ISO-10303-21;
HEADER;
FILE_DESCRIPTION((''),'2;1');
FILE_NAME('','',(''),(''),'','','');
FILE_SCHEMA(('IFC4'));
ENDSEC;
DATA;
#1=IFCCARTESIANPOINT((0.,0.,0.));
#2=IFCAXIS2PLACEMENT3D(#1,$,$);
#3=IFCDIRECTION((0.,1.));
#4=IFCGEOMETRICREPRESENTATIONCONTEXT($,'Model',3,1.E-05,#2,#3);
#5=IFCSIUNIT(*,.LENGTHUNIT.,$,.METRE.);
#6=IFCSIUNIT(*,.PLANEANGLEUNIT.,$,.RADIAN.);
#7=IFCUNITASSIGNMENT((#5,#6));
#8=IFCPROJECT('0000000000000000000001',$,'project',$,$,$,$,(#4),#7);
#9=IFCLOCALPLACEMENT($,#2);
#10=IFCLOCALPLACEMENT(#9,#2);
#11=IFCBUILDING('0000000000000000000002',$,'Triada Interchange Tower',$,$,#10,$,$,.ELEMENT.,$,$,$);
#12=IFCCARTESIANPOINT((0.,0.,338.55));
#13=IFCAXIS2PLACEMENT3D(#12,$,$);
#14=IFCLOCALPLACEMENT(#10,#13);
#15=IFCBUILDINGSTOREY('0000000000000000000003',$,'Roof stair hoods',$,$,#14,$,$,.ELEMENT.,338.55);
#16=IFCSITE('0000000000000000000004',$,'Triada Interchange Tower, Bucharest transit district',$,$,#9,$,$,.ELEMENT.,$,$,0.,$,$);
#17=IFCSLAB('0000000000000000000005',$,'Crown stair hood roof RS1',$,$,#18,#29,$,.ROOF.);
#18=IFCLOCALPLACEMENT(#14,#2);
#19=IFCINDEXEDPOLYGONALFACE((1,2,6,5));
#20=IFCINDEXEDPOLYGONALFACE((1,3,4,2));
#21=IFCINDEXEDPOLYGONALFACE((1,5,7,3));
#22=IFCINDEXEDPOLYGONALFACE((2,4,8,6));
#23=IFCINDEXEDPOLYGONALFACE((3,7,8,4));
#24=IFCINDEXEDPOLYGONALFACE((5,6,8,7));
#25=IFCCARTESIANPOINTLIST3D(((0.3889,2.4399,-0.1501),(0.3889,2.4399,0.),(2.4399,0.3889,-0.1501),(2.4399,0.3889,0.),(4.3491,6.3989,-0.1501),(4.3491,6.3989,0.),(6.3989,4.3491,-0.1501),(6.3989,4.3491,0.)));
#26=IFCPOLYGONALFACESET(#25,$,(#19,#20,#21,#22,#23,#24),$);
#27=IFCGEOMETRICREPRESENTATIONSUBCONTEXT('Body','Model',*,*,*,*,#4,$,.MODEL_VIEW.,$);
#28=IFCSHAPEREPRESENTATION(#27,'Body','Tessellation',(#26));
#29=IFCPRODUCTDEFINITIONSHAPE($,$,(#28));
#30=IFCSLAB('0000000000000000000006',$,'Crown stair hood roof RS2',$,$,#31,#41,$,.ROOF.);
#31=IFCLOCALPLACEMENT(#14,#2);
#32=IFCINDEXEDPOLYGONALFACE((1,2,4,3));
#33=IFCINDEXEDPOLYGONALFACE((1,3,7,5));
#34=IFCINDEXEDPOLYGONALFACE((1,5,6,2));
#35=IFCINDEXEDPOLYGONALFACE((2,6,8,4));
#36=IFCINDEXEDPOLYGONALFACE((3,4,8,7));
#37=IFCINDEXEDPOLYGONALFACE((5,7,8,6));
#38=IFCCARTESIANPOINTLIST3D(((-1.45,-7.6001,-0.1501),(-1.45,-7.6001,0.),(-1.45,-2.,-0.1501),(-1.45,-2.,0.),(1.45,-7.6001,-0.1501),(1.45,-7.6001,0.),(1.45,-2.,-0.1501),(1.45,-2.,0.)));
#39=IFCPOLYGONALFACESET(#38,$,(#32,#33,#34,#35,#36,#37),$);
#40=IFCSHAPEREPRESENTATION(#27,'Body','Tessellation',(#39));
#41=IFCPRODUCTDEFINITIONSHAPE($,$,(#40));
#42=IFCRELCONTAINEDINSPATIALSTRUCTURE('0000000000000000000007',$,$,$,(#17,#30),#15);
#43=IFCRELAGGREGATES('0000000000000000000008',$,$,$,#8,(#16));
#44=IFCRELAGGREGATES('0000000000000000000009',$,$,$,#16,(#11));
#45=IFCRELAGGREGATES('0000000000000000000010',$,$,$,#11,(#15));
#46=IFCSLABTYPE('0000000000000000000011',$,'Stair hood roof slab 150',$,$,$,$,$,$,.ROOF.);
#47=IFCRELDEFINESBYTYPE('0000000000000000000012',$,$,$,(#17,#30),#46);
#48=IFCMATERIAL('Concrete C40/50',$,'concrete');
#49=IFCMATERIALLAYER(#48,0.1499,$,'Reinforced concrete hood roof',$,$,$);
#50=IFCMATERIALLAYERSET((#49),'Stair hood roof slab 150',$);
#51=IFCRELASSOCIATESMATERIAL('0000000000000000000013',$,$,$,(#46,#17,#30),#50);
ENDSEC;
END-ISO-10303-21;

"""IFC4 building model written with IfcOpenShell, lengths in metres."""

from ifc_helpers import new_model, si_unit, direction, frame, origin, place, context, subcontext, project, spatial, polyline, outline, extrude, material, layer, layer_set, layer_usage, type_object, element, save


model = new_model("IFC4")

# Units and contexts
model_context = context("Model", 3, precision=1e-05, world=origin(), true_north=direction((0.0, 1.0)))
body_context = subcontext(model_context, "Body", "Model", "MODEL_VIEW")
ifc_project = project(units=[si_unit("LENGTHUNIT", "METRE"), si_unit("PLANEANGLEUNIT", "RADIAN")], contexts=[model_context])

# Site, building, storey
site_placement = place(None, origin())
site = spatial("IfcSite", under=ifc_project, at=site_placement, Name="Triada Interchange Tower, Bucharest transit district", CompositionType="ELEMENT", RefElevation=0.0)
building_placement = place(site_placement, origin())
building = spatial("IfcBuilding", under=site, at=building_placement, Name="Triada Interchange Tower", CompositionType="ELEMENT")
storey_placement = place(building_placement, frame((0.0, 0.0, 338.55)))
storey = spatial("IfcBuildingStorey", under=building, at=storey_placement, Name="Roof stair hoods", CompositionType="ELEMENT", Elevation=338.55)

# Slabs
ifc_material = material(Name="Concrete C40/50", Category="concrete")
ifc_layer = layer(ifc_material, 0.1499, Name="Reinforced concrete hood roof")
ifc_layer_set = layer_set([ifc_layer], Name="Stair hood roof slab 150")
ifc_layer_usage = layer_usage(ifc_layer_set, "AXIS3", "POSITIVE", 0.0)
slab_type = type_object("IfcSlabType", Name="Stair hood roof slab 150", PredefinedType="ROOF", material=ifc_layer_set)
slab_1_placement = place(storey_placement, frame((0.0, 0.0, -0.1501)))
element("IfcSlab", 1, at=slab_1_placement, inside=storey, type_object=slab_type, material=ifc_layer_usage, Name="Crown stair hood roof RS1", PredefinedType="ROOF", context=body_context, shape_type="SweptSolid", body=[
    extrude(outline(polyline([(2.4399, 0.3889), (6.3989, 4.3491), (4.3491, 6.3989), (0.3889, 2.4399), (2.4399, 0.3889)])), origin(), (0.0, 0.0, 1.0), 0.1501),
])
slab_2_placement = place(storey_placement, frame((0.0, 0.0, -0.1501)))
element("IfcSlab", 2, at=slab_2_placement, inside=storey, type_object=slab_type, material=ifc_layer_usage, Name="Crown stair hood roof RS2", PredefinedType="ROOF", context=body_context, shape_type="SweptSolid", body=[
    extrude(outline(polyline([(-1.45, -2.0), (-1.45, -7.6001), (1.45, -7.6001), (1.45, -2.0), (-1.45, -2.0)])), origin(), (0.0, 0.0, 1.0), 0.1501),
])

save(model, "model.ifc")
